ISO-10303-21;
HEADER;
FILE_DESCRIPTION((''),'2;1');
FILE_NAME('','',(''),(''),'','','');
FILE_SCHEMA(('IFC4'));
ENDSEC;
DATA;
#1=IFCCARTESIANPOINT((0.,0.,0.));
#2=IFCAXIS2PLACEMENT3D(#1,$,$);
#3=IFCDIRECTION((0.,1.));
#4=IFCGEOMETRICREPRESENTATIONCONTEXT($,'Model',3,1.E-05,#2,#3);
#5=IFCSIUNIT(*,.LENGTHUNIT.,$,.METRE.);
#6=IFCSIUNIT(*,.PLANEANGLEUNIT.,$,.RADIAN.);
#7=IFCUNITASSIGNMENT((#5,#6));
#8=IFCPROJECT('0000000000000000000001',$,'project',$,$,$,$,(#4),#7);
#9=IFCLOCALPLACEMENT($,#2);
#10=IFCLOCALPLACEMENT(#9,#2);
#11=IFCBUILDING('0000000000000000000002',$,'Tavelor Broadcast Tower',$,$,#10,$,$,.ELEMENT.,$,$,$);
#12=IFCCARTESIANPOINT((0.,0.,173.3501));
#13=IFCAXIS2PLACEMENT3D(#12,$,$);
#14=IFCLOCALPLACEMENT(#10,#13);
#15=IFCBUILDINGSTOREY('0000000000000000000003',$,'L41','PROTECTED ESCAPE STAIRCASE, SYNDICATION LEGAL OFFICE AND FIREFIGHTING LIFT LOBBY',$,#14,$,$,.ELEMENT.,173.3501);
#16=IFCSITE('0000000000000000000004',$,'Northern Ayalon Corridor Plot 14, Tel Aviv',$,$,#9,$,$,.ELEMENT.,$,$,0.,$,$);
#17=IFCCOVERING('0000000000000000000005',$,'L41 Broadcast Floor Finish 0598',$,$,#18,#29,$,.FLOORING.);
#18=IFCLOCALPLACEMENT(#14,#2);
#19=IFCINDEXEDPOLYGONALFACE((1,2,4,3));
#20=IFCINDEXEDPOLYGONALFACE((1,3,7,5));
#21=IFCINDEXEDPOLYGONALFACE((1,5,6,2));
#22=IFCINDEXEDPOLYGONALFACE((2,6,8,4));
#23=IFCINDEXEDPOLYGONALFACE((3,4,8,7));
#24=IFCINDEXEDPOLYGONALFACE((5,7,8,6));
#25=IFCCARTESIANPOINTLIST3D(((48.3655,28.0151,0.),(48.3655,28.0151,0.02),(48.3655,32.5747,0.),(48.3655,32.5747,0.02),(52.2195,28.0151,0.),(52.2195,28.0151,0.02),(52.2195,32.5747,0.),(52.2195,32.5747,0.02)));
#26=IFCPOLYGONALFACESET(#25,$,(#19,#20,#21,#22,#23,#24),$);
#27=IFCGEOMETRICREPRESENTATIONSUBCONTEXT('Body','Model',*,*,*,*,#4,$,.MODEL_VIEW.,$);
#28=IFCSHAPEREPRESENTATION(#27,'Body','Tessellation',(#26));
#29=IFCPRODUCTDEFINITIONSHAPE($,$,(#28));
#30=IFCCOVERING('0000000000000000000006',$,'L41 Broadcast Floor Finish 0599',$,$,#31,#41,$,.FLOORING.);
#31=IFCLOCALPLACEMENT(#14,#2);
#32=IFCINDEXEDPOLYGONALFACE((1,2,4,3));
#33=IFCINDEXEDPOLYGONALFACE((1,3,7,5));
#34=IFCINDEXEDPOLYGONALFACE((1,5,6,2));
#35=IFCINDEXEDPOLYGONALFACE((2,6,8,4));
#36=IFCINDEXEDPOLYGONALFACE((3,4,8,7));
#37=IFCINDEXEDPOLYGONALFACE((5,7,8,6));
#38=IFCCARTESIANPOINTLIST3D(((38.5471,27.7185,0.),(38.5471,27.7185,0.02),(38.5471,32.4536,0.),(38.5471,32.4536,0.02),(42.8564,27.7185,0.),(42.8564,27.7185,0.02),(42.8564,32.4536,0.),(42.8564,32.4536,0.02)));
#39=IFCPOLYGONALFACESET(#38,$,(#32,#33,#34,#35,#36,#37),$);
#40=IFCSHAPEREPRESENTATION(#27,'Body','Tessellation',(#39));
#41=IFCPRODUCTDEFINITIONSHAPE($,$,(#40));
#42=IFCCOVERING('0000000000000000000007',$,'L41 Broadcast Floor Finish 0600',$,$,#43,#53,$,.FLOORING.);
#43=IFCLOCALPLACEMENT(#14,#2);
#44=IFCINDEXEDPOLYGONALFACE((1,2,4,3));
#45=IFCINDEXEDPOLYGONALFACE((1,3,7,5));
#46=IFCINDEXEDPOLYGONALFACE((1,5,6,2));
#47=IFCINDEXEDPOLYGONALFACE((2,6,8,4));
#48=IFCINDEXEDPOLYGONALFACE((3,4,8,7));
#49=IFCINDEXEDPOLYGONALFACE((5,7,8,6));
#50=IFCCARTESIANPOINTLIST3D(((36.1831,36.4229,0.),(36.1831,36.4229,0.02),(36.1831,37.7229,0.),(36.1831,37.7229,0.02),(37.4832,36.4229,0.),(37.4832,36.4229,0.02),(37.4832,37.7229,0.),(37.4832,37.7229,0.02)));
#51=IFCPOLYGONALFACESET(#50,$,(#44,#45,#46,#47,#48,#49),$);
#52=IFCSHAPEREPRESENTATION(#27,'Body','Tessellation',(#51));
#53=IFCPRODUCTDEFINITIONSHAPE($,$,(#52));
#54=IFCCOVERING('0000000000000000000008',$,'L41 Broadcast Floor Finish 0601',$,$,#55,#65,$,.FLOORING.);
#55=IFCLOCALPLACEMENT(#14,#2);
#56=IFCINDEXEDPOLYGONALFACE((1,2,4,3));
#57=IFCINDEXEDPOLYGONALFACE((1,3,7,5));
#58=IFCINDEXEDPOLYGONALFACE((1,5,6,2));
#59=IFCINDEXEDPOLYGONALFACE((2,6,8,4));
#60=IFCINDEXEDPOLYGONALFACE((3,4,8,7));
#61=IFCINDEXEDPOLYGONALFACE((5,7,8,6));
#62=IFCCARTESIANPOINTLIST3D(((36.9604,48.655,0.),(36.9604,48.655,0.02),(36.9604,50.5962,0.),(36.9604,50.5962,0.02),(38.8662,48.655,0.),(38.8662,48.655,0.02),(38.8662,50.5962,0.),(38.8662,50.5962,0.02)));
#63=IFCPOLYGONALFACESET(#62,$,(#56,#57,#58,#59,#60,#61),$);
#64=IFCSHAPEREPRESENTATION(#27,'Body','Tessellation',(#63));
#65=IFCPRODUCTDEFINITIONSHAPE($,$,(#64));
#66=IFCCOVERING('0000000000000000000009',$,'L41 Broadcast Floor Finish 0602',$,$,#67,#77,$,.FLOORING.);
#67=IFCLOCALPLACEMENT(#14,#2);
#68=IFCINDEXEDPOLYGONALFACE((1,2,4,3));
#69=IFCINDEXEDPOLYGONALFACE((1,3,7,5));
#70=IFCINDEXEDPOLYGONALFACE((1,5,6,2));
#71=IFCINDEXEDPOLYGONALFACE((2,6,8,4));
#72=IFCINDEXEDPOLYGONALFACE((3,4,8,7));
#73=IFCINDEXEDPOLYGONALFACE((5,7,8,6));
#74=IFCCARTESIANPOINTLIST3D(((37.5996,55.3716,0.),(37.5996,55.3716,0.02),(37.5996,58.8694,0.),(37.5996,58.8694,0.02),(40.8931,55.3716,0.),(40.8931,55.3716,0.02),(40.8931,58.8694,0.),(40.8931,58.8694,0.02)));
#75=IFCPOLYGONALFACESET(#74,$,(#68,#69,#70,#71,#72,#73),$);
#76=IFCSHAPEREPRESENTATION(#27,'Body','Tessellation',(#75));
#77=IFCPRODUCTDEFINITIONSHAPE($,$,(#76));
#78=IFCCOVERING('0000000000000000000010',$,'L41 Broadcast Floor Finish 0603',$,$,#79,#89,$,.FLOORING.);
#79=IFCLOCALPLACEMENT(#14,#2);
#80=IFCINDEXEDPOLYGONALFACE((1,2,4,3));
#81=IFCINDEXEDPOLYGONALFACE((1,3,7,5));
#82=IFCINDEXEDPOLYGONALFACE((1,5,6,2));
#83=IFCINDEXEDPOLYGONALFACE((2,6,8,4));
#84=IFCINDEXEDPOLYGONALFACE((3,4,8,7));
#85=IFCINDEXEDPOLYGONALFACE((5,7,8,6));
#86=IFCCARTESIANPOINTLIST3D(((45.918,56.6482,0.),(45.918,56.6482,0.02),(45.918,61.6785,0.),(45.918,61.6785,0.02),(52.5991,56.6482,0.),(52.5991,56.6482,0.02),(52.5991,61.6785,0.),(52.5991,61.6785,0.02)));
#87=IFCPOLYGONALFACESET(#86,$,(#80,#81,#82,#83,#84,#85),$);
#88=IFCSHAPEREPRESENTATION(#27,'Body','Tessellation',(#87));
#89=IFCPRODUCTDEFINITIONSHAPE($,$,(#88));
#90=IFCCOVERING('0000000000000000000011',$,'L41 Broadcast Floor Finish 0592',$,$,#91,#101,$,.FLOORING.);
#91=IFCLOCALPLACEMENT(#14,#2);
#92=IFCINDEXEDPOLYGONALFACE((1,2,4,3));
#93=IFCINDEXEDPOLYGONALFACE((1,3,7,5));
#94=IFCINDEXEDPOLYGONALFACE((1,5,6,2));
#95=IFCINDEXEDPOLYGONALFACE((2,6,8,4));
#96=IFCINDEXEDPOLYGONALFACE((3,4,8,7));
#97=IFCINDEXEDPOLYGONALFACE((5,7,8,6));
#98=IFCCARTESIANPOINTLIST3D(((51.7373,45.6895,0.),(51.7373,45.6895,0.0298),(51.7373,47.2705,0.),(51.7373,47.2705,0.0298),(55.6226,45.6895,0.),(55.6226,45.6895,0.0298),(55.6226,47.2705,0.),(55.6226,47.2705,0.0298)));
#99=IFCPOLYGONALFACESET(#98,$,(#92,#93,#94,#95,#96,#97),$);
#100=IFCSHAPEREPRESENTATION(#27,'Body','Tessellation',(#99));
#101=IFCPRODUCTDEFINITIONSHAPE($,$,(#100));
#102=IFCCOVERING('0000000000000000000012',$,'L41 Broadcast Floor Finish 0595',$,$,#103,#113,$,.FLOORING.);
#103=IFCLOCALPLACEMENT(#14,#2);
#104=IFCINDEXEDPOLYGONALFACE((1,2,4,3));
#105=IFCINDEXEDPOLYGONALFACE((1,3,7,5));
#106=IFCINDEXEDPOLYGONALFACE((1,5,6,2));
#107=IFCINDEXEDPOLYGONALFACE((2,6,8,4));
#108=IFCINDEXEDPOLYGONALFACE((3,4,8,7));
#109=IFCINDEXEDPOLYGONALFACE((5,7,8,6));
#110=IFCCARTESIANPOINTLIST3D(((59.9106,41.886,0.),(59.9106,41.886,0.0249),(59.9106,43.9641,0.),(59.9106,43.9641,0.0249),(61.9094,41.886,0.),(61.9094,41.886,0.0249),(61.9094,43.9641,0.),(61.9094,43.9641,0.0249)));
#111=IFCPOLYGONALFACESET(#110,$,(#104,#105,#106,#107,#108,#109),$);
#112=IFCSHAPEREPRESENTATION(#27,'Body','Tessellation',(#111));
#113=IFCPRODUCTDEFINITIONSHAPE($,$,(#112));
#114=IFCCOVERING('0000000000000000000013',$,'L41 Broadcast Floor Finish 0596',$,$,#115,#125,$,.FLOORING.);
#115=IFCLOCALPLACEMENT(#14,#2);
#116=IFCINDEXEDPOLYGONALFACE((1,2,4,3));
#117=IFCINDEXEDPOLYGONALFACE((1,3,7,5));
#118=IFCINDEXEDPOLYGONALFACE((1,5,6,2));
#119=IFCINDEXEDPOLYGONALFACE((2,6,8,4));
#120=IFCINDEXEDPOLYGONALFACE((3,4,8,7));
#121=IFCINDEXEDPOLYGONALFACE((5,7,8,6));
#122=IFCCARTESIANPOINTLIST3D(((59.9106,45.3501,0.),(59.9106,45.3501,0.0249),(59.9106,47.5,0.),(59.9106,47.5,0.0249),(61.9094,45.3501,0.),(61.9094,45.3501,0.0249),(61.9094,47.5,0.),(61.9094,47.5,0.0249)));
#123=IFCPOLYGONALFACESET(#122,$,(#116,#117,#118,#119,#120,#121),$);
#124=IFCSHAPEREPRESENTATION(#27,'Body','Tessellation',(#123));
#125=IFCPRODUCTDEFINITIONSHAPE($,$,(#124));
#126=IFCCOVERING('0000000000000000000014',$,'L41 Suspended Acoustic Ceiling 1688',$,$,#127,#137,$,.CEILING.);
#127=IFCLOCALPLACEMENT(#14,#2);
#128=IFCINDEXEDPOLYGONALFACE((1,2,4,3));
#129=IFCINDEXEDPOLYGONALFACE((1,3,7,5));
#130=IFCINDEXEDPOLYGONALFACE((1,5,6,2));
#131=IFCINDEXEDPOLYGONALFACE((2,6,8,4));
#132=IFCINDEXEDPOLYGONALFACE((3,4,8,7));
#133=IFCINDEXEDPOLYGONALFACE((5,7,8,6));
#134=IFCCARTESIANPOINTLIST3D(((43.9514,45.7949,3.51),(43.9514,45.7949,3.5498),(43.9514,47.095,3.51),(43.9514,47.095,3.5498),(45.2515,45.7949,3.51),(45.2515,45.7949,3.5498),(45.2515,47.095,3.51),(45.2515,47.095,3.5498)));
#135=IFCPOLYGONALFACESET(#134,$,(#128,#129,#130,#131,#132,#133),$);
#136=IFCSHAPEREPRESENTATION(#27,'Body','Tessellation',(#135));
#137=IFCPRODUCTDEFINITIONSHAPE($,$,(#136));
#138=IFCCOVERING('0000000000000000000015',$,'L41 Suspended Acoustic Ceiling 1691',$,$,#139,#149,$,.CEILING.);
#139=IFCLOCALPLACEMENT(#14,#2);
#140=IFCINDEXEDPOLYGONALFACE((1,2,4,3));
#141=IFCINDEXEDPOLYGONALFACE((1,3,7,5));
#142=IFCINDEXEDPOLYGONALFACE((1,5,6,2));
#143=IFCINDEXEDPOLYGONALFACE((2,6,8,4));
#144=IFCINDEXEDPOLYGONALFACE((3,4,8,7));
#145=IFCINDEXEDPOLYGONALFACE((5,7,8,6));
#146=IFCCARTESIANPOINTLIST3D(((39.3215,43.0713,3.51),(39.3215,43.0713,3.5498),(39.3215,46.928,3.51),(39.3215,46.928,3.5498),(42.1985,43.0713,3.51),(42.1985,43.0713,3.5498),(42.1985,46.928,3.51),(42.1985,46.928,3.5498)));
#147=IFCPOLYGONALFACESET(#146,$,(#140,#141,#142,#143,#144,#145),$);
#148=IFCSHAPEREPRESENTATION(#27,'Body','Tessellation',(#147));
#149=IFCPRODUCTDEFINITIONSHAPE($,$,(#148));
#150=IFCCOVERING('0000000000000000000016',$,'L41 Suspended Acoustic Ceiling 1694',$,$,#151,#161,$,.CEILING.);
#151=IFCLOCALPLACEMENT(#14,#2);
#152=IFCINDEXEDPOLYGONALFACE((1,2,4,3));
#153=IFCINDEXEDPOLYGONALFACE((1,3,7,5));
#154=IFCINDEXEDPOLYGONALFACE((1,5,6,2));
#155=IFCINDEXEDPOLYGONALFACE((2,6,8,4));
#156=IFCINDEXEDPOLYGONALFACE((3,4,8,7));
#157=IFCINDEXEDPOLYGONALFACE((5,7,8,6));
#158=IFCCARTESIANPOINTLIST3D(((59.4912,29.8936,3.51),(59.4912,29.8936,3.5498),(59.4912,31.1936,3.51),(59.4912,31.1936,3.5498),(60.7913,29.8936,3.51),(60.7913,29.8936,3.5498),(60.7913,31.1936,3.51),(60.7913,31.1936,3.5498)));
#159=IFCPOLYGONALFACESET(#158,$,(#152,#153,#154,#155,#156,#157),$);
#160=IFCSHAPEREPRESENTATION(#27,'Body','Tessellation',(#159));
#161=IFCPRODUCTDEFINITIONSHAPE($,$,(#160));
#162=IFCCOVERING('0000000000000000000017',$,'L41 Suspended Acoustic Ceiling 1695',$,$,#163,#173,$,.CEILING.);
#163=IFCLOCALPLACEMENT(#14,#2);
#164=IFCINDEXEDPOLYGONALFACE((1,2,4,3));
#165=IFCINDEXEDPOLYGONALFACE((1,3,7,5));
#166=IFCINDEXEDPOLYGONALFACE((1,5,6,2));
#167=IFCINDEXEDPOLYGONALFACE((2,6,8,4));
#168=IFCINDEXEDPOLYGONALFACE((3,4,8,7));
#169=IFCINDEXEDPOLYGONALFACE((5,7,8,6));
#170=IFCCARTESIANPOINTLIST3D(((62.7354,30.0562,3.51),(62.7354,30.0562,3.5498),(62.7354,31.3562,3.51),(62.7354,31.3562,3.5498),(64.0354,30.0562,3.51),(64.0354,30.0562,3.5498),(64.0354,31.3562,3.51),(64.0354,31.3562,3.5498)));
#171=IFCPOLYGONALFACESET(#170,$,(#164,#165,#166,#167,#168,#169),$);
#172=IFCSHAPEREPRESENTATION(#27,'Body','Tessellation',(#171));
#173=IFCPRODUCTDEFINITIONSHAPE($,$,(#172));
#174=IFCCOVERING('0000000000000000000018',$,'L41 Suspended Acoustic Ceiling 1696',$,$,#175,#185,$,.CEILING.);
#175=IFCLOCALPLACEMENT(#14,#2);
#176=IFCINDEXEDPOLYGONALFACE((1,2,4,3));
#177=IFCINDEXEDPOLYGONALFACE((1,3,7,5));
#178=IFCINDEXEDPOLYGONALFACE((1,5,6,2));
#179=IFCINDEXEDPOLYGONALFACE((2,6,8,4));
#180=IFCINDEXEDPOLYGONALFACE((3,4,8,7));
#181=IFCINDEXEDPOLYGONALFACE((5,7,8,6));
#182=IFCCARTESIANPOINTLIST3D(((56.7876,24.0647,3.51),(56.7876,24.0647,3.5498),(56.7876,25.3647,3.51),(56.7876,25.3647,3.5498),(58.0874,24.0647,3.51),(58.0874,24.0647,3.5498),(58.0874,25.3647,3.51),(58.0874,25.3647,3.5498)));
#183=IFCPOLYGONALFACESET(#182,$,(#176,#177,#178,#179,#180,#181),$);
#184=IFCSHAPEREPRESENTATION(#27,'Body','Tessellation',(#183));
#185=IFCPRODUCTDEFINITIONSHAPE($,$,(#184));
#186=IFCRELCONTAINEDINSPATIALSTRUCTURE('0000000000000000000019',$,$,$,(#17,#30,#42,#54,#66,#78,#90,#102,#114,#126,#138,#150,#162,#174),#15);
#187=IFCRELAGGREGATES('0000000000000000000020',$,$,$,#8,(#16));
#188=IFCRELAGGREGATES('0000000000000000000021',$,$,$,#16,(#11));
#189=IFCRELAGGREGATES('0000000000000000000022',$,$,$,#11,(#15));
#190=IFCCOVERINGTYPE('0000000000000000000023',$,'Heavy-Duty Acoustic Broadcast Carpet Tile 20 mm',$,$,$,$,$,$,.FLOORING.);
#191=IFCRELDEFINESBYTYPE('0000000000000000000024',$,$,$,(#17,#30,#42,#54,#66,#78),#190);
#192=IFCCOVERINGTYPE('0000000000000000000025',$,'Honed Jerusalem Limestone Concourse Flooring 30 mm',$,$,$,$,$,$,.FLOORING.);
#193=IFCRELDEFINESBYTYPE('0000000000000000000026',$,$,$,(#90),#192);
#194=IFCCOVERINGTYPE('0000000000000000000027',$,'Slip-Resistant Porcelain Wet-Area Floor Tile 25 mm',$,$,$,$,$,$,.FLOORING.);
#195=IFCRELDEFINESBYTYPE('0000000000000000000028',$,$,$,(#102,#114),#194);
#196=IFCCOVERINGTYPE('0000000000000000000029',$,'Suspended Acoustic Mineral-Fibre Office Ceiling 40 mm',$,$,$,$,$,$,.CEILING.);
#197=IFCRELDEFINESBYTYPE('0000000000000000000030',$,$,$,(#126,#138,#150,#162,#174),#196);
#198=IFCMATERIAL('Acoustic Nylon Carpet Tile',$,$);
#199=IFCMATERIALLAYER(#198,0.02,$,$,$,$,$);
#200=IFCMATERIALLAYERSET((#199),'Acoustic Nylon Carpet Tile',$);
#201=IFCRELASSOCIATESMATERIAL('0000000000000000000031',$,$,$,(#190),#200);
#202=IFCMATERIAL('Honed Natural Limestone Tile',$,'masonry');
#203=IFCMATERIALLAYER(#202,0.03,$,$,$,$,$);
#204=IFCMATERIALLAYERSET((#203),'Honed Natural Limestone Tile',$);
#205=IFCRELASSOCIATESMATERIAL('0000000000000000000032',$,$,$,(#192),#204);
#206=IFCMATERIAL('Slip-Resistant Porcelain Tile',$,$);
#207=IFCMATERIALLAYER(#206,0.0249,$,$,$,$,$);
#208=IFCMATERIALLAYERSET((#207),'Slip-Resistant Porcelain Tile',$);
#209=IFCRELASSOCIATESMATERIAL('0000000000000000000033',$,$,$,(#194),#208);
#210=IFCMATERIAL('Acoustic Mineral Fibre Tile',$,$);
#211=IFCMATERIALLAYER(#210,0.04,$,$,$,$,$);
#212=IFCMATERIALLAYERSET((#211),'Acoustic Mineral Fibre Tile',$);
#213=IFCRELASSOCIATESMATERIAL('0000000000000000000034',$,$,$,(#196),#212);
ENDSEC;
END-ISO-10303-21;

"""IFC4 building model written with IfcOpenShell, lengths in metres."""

from ifc_helpers import new_model, si_unit, direction, frame, origin, place, context, subcontext, project, spatial, polyline, outline, extrude, material, layer, layer_set, type_object, element, save


model = new_model("IFC4")

# Units and contexts
model_context = context("Model", 3, precision=1e-05, world=origin(), true_north=direction((0.0, 1.0)))
body_context = subcontext(model_context, "Body", "Model", "MODEL_VIEW")
ifc_project = project(units=[si_unit("LENGTHUNIT", "METRE"), si_unit("PLANEANGLEUNIT", "RADIAN")], contexts=[model_context])

# Site, building, storey
site_placement = place(None, origin())
site = spatial("IfcSite", under=ifc_project, at=site_placement, Name="Northern Ayalon Corridor Plot 14, Tel Aviv", CompositionType="ELEMENT", RefElevation=0.0)
building_placement = place(site_placement, origin())
building = spatial("IfcBuilding", under=site, at=building_placement, Name="Tavelor Broadcast Tower", CompositionType="ELEMENT")
storey_placement = place(building_placement, frame((0.0, 0.0, 173.3501)))
storey = spatial("IfcBuildingStorey", under=building, at=storey_placement, Name="L41", Description="PROTECTED ESCAPE STAIRCASE, SYNDICATION LEGAL OFFICE AND FIREFIGHTING LIFT LOBBY", CompositionType="ELEMENT", Elevation=173.3501)

# Coverings
ifc_material_1 = material(Name="Acoustic Nylon Carpet Tile")
ifc_layer_1 = layer(ifc_material_1, 0.02)
ifc_layer_set_1 = layer_set([ifc_layer_1], Name="Acoustic Nylon Carpet Tile")
covering_type_1 = type_object("IfcCoveringType", Name="Heavy-Duty Acoustic Broadcast Carpet Tile 20 mm", PredefinedType="FLOORING", material=ifc_layer_set_1)
covering_1_placement = place(storey_placement, origin())
element("IfcCovering", 1, at=covering_1_placement, inside=storey, type_object=covering_type_1, Name="L41 Broadcast Floor Finish 0598", PredefinedType="FLOORING", context=body_context, shape_type="SweptSolid", body=[
    extrude(outline(polyline([(48.3655, 28.0151), (52.2195, 28.0151), (52.2195, 32.5747), (48.3655, 32.5747), (48.3655, 28.0151)])), origin(), (0.0, 0.0, 1.0), 0.02),
])
covering_2_placement = place(storey_placement, origin())
element("IfcCovering", 2, at=covering_2_placement, inside=storey, type_object=covering_type_1, Name="L41 Broadcast Floor Finish 0599", PredefinedType="FLOORING", context=body_context, shape_type="SweptSolid", body=[
    extrude(outline(polyline([(38.5471, 27.7185), (42.8564, 27.7185), (42.8564, 32.4536), (38.5471, 32.4536), (38.5471, 27.7185)])), origin(), (0.0, 0.0, 1.0), 0.02),
])
covering_3_placement = place(storey_placement, origin())
element("IfcCovering", 3, at=covering_3_placement, inside=storey, type_object=covering_type_1, Name="L41 Broadcast Floor Finish 0600", PredefinedType="FLOORING", context=body_context, shape_type="SweptSolid", body=[
    extrude(outline(polyline([(36.1831, 36.4229), (37.4832, 36.4229), (37.4832, 37.7229), (36.1831, 37.7229), (36.1831, 36.4229)])), origin(), (0.0, 0.0, 1.0), 0.02),
])
covering_4_placement = place(storey_placement, origin())
element("IfcCovering", 4, at=covering_4_placement, inside=storey, type_object=covering_type_1, Name="L41 Broadcast Floor Finish 0601", PredefinedType="FLOORING", context=body_context, shape_type="SweptSolid", body=[
    extrude(outline(polyline([(36.9604, 48.655), (38.8662, 48.655), (38.8662, 50.5962), (36.9604, 50.5962), (36.9604, 48.655)])), origin(), (0.0, 0.0, 1.0), 0.02),
])
covering_5_placement = place(storey_placement, origin())
element("IfcCovering", 5, at=covering_5_placement, inside=storey, type_object=covering_type_1, Name="L41 Broadcast Floor Finish 0602", PredefinedType="FLOORING", context=body_context, shape_type="SweptSolid", body=[
    extrude(outline(polyline([(37.5996, 55.3716), (40.8931, 55.3716), (40.8931, 58.8694), (37.5996, 58.8694), (37.5996, 55.3716)])), origin(), (0.0, 0.0, 1.0), 0.02),
])
covering_6_placement = place(storey_placement, origin())
element("IfcCovering", 6, at=covering_6_placement, inside=storey, type_object=covering_type_1, Name="L41 Broadcast Floor Finish 0603", PredefinedType="FLOORING", context=body_context, shape_type="SweptSolid", body=[
    extrude(outline(polyline([(45.918, 56.6482), (52.5991, 56.6482), (52.5991, 61.6785), (45.918, 61.6785), (45.918, 56.6482)])), origin(), (0.0, 0.0, 1.0), 0.02),
])
ifc_material_2 = material(Name="Honed Natural Limestone Tile", Category="masonry")
ifc_layer_2 = layer(ifc_material_2, 0.03)
ifc_layer_set_2 = layer_set([ifc_layer_2], Name="Honed Natural Limestone Tile")
covering_type_2 = type_object("IfcCoveringType", Name="Honed Jerusalem Limestone Concourse Flooring 30 mm", PredefinedType="FLOORING", material=ifc_layer_set_2)
covering_7_placement = place(storey_placement, origin())
element("IfcCovering", 7, at=covering_7_placement, inside=storey, type_object=covering_type_2, Name="L41 Broadcast Floor Finish 0592", PredefinedType="FLOORING", context=body_context, shape_type="SweptSolid", body=[
    extrude(outline(polyline([(51.7373, 45.6895), (55.6226, 45.6895), (55.6226, 47.2705), (51.7373, 47.2705), (51.7373, 45.6895)])), origin(), (0.0, 0.0, 1.0), 0.0298),
])
ifc_material_3 = material(Name="Slip-Resistant Porcelain Tile")
ifc_layer_3 = layer(ifc_material_3, 0.0249)
ifc_layer_set_3 = layer_set([ifc_layer_3], Name="Slip-Resistant Porcelain Tile")
covering_type_3 = type_object("IfcCoveringType", Name="Slip-Resistant Porcelain Wet-Area Floor Tile 25 mm", PredefinedType="FLOORING", material=ifc_layer_set_3)
covering_8_placement = place(storey_placement, origin())
element("IfcCovering", 8, at=covering_8_placement, inside=storey, type_object=covering_type_3, Name="L41 Broadcast Floor Finish 0595", PredefinedType="FLOORING", context=body_context, shape_type="SweptSolid", body=[
    extrude(outline(polyline([(59.9106, 41.886), (61.9094, 41.886), (61.9094, 43.9641), (59.9106, 43.9641), (59.9106, 41.886)])), origin(), (0.0, 0.0, 1.0), 0.0249),
])
covering_9_placement = place(storey_placement, origin())
element("IfcCovering", 9, at=covering_9_placement, inside=storey, type_object=covering_type_3, Name="L41 Broadcast Floor Finish 0596", PredefinedType="FLOORING", context=body_context, shape_type="SweptSolid", body=[
    extrude(outline(polyline([(59.9106, 45.3501), (61.9094, 45.3501), (61.9094, 47.5), (59.9106, 47.5), (59.9106, 45.3501)])), origin(), (0.0, 0.0, 1.0), 0.0249),
])
ifc_material_4 = material(Name="Acoustic Mineral Fibre Tile")
ifc_layer_4 = layer(ifc_material_4, 0.04)
ifc_layer_set_4 = layer_set([ifc_layer_4], Name="Acoustic Mineral Fibre Tile")
covering_type_4 = type_object("IfcCoveringType", Name="Suspended Acoustic Mineral-Fibre Office Ceiling 40 mm", PredefinedType="CEILING", material=ifc_layer_set_4)
covering_10_placement = place(storey_placement, frame((0.0, 0.0, 3.51)))
element("IfcCovering", 10, at=covering_10_placement, inside=storey, type_object=covering_type_4, Name="L41 Suspended Acoustic Ceiling 1688", PredefinedType="CEILING", context=body_context, shape_type="SweptSolid", body=[
    extrude(outline(polyline([(43.9514, 45.7949), (45.2515, 45.7949), (45.2515, 47.095), (43.9514, 47.095), (43.9514, 45.7949)])), origin(), (0.0, 0.0, 1.0), 0.0398),
])
covering_11_placement = place(storey_placement, frame((0.0, 0.0, 3.51)))
element("IfcCovering", 11, at=covering_11_placement, inside=storey, type_object=covering_type_4, Name="L41 Suspended Acoustic Ceiling 1691", PredefinedType="CEILING", context=body_context, shape_type="SweptSolid", body=[
    extrude(outline(polyline([(39.3215, 43.0713), (42.1985, 43.0713), (42.1985, 46.928), (39.3215, 46.928), (39.3215, 43.0713)])), origin(), (0.0, 0.0, 1.0), 0.0398),
])
covering_12_placement = place(storey_placement, frame((0.0, 0.0, 3.51)))
element("IfcCovering", 12, at=covering_12_placement, inside=storey, type_object=covering_type_4, Name="L41 Suspended Acoustic Ceiling 1694", PredefinedType="CEILING", context=body_context, shape_type="SweptSolid", body=[
    extrude(outline(polyline([(59.4912, 29.8936), (60.7913, 29.8936), (60.7913, 31.1936), (59.4912, 31.1936), (59.4912, 29.8936)])), origin(), (0.0, 0.0, 1.0), 0.0398),
])
covering_13_placement = place(storey_placement, frame((0.0, 0.0, 3.51)))
element("IfcCovering", 13, at=covering_13_placement, inside=storey, type_object=covering_type_4, Name="L41 Suspended Acoustic Ceiling 1695", PredefinedType="CEILING", context=body_context, shape_type="SweptSolid", body=[
    extrude(outline(polyline([(62.7354, 30.0562), (64.0354, 30.0562), (64.0354, 31.3562), (62.7354, 31.3562), (62.7354, 30.0562)])), origin(), (0.0, 0.0, 1.0), 0.0398),
])
covering_14_placement = place(storey_placement, frame((0.0, 0.0, 3.51)))
element("IfcCovering", 14, at=covering_14_placement, inside=storey, type_object=covering_type_4, Name="L41 Suspended Acoustic Ceiling 1696", PredefinedType="CEILING", context=body_context, shape_type="SweptSolid", body=[
    extrude(outline(polyline([(56.7876, 24.0647), (58.0874, 24.0647), (58.0874, 25.3647), (56.7876, 25.3647), (56.7876, 24.0647)])), origin(), (0.0, 0.0, 1.0), 0.0398),
])

save(model, "model.ifc")
